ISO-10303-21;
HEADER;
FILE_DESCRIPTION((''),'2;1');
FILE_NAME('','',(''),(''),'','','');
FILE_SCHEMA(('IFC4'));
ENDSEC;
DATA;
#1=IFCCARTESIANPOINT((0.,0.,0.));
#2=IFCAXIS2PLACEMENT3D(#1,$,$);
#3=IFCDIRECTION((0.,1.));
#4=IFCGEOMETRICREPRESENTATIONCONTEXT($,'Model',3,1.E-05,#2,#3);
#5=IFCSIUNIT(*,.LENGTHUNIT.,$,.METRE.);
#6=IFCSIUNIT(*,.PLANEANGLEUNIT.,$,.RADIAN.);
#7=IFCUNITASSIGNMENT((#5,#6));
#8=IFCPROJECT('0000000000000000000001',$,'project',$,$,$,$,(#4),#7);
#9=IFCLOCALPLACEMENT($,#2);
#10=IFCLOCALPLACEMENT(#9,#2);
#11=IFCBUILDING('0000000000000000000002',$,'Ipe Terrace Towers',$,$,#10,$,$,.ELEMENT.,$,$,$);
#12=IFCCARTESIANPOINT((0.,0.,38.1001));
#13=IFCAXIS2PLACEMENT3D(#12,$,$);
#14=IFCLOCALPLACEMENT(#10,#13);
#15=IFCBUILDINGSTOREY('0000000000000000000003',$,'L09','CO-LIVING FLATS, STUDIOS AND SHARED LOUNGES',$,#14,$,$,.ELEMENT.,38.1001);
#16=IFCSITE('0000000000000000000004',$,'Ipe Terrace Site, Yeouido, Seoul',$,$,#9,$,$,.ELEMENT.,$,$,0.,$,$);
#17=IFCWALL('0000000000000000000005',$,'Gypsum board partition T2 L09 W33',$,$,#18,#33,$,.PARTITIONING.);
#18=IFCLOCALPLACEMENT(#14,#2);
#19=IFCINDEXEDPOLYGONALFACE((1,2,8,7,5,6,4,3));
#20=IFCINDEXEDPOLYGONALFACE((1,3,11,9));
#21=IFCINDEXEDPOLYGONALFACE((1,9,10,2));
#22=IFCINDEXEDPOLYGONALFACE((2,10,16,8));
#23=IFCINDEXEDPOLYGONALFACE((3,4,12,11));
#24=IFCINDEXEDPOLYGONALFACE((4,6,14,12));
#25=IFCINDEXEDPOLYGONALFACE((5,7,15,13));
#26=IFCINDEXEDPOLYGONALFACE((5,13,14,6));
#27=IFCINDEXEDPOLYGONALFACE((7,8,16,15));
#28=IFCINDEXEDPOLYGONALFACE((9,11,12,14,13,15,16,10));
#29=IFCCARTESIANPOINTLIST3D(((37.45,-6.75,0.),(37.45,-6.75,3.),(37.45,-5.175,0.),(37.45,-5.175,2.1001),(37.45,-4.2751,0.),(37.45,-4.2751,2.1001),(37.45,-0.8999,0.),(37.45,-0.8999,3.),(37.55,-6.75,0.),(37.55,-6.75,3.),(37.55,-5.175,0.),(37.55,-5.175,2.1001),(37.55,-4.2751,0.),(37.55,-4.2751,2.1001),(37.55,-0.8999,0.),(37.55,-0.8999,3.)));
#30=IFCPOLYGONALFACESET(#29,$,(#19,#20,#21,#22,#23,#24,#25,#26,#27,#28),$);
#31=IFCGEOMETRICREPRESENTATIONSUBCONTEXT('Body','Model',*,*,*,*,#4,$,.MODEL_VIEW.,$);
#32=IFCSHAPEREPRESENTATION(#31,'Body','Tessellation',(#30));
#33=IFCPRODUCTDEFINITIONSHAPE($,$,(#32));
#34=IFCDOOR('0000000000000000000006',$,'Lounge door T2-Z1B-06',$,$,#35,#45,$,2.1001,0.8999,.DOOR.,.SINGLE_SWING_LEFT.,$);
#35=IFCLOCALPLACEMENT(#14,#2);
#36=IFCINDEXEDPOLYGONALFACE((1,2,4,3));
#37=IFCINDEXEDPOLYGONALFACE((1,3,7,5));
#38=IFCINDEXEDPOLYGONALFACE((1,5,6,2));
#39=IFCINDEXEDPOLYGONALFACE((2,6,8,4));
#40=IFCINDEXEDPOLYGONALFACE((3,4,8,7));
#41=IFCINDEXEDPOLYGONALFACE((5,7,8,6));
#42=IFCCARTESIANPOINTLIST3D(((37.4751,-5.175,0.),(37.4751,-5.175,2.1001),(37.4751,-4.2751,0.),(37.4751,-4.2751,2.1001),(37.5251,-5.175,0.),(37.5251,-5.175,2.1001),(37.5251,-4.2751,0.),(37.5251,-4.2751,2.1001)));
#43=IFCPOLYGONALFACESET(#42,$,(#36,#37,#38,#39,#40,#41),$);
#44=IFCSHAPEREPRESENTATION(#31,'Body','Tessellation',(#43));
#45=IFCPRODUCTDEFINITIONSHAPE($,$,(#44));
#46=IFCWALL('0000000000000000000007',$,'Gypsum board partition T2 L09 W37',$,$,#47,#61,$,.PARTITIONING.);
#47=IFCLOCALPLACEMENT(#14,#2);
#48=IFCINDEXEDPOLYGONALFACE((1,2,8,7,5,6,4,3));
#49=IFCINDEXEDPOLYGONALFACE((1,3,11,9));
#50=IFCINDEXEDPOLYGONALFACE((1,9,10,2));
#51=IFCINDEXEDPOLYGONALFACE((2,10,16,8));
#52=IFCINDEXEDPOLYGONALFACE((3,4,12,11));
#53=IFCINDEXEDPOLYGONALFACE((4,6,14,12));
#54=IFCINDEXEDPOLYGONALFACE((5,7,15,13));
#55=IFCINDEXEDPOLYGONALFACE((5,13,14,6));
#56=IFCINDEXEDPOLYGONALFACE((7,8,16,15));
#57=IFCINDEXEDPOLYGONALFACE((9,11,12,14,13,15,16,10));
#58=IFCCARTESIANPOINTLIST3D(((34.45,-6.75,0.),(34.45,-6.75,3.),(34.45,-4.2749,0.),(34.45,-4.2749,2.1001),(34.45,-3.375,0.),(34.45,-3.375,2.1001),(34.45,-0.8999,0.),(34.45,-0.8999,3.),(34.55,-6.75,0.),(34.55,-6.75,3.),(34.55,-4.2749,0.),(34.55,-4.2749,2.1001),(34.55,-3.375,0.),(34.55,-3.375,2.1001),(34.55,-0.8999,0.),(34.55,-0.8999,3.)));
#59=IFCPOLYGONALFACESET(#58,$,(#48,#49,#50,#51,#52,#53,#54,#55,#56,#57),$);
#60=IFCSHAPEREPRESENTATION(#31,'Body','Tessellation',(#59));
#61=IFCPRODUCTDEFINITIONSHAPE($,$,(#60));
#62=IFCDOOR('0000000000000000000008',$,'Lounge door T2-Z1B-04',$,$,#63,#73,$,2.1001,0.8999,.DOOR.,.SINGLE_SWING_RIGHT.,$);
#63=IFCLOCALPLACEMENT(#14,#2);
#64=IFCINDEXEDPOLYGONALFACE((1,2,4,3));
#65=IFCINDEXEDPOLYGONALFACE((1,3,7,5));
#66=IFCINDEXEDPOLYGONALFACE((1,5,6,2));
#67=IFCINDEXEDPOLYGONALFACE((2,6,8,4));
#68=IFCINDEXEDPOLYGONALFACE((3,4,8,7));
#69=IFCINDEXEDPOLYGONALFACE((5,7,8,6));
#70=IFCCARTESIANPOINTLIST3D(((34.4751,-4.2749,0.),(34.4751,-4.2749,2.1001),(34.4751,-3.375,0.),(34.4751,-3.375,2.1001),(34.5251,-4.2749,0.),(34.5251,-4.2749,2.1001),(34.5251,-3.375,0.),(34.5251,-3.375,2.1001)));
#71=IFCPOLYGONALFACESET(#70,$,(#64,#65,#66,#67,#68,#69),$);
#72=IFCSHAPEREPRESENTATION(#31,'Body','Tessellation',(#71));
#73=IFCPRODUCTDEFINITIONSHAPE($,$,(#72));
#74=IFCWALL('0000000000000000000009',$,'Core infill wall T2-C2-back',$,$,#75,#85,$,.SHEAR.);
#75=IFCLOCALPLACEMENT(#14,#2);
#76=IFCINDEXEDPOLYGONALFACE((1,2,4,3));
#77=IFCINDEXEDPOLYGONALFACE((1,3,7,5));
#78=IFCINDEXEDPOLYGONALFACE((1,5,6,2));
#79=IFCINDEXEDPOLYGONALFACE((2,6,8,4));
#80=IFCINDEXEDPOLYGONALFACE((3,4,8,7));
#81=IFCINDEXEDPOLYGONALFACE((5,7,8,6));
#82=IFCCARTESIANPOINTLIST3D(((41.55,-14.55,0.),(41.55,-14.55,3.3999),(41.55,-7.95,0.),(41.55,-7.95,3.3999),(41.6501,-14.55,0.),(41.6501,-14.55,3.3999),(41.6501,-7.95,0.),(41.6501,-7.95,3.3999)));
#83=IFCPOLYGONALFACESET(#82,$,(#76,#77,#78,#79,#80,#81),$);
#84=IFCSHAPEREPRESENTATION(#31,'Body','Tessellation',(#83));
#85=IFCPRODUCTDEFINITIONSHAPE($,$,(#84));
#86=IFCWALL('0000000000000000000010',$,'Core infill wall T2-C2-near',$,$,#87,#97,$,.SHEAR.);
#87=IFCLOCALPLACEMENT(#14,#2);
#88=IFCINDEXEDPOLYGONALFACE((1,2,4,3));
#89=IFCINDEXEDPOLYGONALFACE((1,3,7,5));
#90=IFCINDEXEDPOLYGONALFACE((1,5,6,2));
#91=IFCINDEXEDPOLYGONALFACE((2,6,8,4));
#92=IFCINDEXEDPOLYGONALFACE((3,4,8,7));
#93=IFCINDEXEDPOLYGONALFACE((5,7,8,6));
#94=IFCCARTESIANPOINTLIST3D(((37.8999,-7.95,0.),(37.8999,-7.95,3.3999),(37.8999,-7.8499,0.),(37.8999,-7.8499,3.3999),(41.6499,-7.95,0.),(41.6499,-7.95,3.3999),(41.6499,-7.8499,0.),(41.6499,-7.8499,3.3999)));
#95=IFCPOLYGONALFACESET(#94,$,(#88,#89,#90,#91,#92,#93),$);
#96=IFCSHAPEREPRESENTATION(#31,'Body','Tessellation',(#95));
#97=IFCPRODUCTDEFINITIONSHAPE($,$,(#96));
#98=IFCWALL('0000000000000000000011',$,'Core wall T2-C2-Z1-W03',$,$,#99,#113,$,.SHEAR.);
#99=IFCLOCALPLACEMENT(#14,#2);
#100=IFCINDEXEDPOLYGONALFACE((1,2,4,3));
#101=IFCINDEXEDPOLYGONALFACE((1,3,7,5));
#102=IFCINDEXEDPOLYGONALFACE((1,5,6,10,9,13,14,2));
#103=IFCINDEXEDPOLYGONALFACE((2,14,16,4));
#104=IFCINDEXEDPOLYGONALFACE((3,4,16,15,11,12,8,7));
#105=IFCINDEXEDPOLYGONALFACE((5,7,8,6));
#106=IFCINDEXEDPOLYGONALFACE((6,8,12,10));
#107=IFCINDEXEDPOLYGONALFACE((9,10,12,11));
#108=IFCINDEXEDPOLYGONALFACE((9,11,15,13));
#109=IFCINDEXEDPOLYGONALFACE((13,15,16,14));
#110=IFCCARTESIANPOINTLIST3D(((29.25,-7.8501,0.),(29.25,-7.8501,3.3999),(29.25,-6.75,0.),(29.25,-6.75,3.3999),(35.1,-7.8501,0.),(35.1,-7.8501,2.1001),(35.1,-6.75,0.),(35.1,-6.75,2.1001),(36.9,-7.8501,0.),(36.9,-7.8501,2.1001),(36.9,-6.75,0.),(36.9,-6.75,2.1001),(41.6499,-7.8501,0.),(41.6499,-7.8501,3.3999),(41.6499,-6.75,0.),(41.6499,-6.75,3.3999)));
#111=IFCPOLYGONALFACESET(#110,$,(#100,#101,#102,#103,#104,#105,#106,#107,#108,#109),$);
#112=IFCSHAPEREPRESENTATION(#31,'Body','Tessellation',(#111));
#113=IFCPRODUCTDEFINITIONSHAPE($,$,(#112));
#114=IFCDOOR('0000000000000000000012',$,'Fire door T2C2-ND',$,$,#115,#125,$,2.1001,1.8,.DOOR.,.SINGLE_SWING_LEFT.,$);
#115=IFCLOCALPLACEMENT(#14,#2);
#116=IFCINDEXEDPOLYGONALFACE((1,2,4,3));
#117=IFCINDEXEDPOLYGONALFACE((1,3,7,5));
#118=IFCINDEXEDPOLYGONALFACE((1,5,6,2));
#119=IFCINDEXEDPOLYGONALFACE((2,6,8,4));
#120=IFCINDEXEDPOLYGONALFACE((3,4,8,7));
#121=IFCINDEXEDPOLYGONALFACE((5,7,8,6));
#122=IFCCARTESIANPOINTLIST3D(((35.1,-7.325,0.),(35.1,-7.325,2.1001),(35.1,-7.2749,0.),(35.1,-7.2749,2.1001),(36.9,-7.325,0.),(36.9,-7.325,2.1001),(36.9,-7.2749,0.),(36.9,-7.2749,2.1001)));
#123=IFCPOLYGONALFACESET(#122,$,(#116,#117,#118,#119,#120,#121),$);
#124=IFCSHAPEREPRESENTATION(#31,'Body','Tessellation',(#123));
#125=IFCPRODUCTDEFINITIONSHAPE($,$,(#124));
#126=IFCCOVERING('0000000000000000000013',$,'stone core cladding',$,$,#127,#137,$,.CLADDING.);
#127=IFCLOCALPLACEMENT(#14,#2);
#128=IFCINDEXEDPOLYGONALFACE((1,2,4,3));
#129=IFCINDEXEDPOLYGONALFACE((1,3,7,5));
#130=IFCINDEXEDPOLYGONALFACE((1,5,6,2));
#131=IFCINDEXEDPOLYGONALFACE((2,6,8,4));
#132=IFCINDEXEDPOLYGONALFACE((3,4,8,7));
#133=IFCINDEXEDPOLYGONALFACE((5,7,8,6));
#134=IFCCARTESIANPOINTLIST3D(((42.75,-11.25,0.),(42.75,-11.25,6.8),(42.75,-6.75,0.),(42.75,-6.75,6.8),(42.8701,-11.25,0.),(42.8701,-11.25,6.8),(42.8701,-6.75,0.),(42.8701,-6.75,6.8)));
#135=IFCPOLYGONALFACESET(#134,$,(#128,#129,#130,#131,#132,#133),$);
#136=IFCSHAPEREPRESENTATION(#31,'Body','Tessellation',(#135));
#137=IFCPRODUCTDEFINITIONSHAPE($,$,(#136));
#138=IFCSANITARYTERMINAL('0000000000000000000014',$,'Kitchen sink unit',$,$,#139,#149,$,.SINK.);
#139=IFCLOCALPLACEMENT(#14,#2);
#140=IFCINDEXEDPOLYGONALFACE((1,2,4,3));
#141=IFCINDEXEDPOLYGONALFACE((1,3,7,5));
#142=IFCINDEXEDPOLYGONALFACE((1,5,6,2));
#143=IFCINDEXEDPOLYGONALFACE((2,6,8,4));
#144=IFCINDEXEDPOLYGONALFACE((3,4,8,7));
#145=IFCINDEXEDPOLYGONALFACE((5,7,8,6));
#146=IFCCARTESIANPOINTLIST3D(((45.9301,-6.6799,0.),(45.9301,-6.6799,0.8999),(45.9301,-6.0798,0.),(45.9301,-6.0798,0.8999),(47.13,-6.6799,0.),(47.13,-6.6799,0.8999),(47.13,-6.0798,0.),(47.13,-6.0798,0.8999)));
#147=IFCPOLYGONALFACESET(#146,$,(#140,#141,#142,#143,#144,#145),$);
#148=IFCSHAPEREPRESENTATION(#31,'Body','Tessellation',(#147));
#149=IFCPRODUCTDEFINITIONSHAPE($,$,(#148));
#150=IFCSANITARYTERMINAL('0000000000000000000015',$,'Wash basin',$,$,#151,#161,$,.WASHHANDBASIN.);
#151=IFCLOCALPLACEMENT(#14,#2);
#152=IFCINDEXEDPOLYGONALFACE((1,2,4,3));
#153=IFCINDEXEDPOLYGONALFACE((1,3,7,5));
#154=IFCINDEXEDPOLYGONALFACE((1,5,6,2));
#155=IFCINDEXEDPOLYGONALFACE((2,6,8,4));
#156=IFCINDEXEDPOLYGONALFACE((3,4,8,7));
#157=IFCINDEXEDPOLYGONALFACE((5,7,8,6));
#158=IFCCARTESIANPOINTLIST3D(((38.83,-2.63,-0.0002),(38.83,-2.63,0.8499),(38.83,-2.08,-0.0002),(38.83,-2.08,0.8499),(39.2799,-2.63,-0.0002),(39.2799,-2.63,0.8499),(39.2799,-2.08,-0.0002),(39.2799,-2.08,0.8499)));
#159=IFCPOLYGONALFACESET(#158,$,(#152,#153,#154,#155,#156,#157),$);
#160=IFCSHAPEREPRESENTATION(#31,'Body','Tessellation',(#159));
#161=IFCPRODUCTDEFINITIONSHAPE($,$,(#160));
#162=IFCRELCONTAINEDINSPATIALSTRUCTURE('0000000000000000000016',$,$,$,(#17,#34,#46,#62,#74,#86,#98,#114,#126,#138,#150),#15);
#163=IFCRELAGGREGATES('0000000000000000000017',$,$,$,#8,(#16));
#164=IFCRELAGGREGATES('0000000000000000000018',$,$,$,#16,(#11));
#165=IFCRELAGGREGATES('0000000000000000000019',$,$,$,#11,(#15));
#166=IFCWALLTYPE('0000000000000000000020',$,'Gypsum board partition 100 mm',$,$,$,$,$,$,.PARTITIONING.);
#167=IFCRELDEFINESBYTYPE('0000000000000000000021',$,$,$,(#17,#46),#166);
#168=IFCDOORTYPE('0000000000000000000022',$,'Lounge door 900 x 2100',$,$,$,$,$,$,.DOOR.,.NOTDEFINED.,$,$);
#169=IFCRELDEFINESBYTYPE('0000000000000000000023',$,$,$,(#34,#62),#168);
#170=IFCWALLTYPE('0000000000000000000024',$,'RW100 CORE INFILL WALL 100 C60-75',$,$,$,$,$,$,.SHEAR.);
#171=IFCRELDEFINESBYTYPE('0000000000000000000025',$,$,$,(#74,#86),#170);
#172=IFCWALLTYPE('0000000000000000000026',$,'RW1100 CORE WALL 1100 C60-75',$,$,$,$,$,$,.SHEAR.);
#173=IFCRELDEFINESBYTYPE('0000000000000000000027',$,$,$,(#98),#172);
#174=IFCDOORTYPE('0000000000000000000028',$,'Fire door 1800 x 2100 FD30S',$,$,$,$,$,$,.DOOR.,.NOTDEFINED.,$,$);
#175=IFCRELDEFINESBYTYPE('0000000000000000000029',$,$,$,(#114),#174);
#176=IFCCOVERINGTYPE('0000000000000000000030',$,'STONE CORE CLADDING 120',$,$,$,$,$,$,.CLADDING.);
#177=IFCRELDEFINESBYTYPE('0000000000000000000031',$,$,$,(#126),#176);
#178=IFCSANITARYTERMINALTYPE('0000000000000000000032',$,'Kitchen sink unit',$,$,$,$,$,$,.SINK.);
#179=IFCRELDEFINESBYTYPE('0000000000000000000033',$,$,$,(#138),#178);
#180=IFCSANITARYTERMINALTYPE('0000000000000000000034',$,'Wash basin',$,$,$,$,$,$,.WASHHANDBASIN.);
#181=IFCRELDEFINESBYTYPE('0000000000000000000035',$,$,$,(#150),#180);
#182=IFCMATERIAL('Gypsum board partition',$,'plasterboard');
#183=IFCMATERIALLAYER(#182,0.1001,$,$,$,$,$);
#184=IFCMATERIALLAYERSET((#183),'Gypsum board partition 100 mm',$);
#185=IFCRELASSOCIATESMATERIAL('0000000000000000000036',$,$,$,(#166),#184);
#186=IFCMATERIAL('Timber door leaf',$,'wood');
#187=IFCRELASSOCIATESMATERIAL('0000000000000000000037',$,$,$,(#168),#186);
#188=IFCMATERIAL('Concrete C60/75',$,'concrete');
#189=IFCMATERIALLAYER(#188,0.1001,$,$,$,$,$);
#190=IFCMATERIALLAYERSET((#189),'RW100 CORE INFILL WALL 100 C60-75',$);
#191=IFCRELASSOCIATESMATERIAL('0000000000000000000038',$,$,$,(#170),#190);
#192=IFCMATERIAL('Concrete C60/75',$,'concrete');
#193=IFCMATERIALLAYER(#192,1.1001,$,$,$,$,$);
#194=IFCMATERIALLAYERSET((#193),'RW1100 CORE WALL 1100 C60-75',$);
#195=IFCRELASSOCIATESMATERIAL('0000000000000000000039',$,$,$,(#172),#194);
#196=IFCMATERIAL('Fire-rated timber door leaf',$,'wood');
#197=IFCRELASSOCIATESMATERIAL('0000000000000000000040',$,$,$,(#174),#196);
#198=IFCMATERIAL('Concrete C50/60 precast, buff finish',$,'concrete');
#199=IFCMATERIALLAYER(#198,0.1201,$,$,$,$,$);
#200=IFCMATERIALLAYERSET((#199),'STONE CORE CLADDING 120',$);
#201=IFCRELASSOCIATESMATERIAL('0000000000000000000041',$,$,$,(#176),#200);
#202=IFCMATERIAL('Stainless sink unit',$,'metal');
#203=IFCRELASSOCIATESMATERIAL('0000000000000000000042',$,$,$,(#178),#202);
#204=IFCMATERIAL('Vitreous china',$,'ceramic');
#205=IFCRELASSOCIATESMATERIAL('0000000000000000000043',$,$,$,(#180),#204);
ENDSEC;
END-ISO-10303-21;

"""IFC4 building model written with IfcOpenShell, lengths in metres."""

from ifc_helpers import new_model, si_unit, direction, frame, frame_2d, origin, origin_2d, place, context, subcontext, project, spatial, rectangle, extrude, material, layer, layer_set, type_object, element, fill, save


model = new_model("IFC4")

# Units and contexts
model_context = context("Model", 3, precision=1e-05, world=origin(), true_north=direction((0.0, 1.0)))
body_context = subcontext(model_context, "Body", "Model", "MODEL_VIEW")
ifc_project = project(units=[si_unit("LENGTHUNIT", "METRE"), si_unit("PLANEANGLEUNIT", "RADIAN")], contexts=[model_context])

# Site, building, storey
site_placement = place(None, origin())
site = spatial("IfcSite", under=ifc_project, at=site_placement, Name="Ipe Terrace Site, Yeouido, Seoul", CompositionType="ELEMENT", RefElevation=0.0)
building_placement = place(site_placement, origin())
building = spatial("IfcBuilding", under=site, at=building_placement, Name="Ipe Terrace Towers", CompositionType="ELEMENT")
storey_placement = place(building_placement, frame((0.0, 0.0, 38.1001)))
storey = spatial("IfcBuildingStorey", under=building, at=storey_placement, Name="L09", Description="CO-LIVING FLATS, STUDIOS AND SHARED LOUNGES", CompositionType="ELEMENT", Elevation=38.1001)

# Shared definitions
ifc_material_1 = material(Name="Gypsum board partition", Category="plasterboard")
ifc_layer_1 = layer(ifc_material_1, 0.1001)
ifc_layer_set_1 = layer_set([ifc_layer_1], Name="Gypsum board partition 100 mm")
wall_type_1 = type_object("IfcWallType", Name="Gypsum board partition 100 mm", PredefinedType="PARTITIONING", material=ifc_layer_set_1)

# Walls, openings, doors
wall_1_placement = place(storey_placement, frame((37.5, -6.75, 0.0), z_axis=(0.0, 0.0, 1.0), x_axis=(0.0, 1.0, 0.0)))
wall_1 = element("IfcWall", 1, at=wall_1_placement, inside=storey, type_object=wall_type_1, Name="Gypsum board partition T2 L09 W33", PredefinedType="PARTITIONING", context=body_context, shape_type="SweptSolid", body=[
    extrude(rectangle(XDim=5.8501, YDim=0.1001, at=frame_2d((2.925, 0.0))), origin(), (0.0, 0.0, 1.0), 3.0),
])
opening_1_placement = place(wall_1_placement, frame((1.575, 0.0, 0.0)))
opening_1 = element("IfcOpeningElement", 2, at=opening_1_placement, cuts=wall_1, PredefinedType="OPENING", context=body_context, shape_type="SweptSolid", body=[
    extrude(rectangle(XDim=0.8999, YDim=2.1001, at=frame_2d((0.45, 1.05))), frame((0.0, 0.0601, 0.0), z_axis=(0.0, -1.0, 0.0), x_axis=(1.0, 0.0, 0.0)), (0.0, 0.0, 1.0), 0.1201),
])
ifc_material_2 = material(Name="Timber door leaf", Category="wood")
door_type_1 = type_object("IfcDoorType", Name="Lounge door 900 x 2100", OperationType="NOTDEFINED", PredefinedType="DOOR", material=ifc_material_2)
door_1_placement = place(opening_1_placement, origin())
door_1 = element("IfcDoor", 3, at=door_1_placement, inside=storey, type_object=door_type_1, Name="Lounge door T2-Z1B-06", OperationType="SINGLE_SWING_LEFT", OverallHeight=2.1001, OverallWidth=0.8999, PredefinedType="DOOR", context=body_context, shape_type="SweptSolid", body=[
    extrude(rectangle(XDim=0.8999, YDim=2.1001, at=frame_2d((0.45, 1.05))), frame((0.0, 0.0249, 0.0), z_axis=(0.0, -1.0, 0.0), x_axis=(1.0, 0.0, 0.0)), (0.0, 0.0, 1.0), 0.05),
])
fill(opening_1, door_1)
wall_2_placement = place(storey_placement, frame((34.5, -6.75, 0.0), z_axis=(0.0, 0.0, 1.0), x_axis=(0.0, 1.0, 0.0)))
wall_2 = element("IfcWall", 4, at=wall_2_placement, inside=storey, type_object=wall_type_1, Name="Gypsum board partition T2 L09 W37", PredefinedType="PARTITIONING", context=body_context, shape_type="SweptSolid", body=[
    extrude(rectangle(XDim=5.8501, YDim=0.1001, at=frame_2d((2.925, 0.0))), origin(), (0.0, 0.0, 1.0), 3.0),
])
opening_2_placement = place(wall_2_placement, frame((2.4751, 0.0, 0.0)))
opening_2 = element("IfcOpeningElement", 5, at=opening_2_placement, cuts=wall_2, PredefinedType="OPENING", context=body_context, shape_type="SweptSolid", body=[
    extrude(rectangle(XDim=0.8999, YDim=2.1001, at=frame_2d((0.45, 1.05))), frame((0.0, 0.0601, 0.0), z_axis=(0.0, -1.0, 0.0), x_axis=(1.0, 0.0, 0.0)), (0.0, 0.0, 1.0), 0.1201),
])
door_2_placement = place(opening_2_placement, origin())
door_2 = element("IfcDoor", 6, at=door_2_placement, inside=storey, type_object=door_type_1, Name="Lounge door T2-Z1B-04", OperationType="SINGLE_SWING_RIGHT", OverallHeight=2.1001, OverallWidth=0.8999, PredefinedType="DOOR", context=body_context, shape_type="SweptSolid", body=[
    extrude(rectangle(XDim=0.8999, YDim=2.1001, at=frame_2d((0.45, 1.05))), frame((0.0, 0.0249, 0.0), z_axis=(0.0, -1.0, 0.0), x_axis=(1.0, 0.0, 0.0)), (0.0, 0.0, 1.0), 0.05),
])
fill(opening_2, door_2)

# Walls
ifc_material_3 = material(Name="Concrete C60/75", Category="concrete")
ifc_layer_2 = layer(ifc_material_3, 0.1001)
ifc_layer_set_2 = layer_set([ifc_layer_2], Name="RW100 CORE INFILL WALL 100 C60-75")
wall_type_2 = type_object("IfcWallType", Name="RW100 CORE INFILL WALL 100 C60-75", PredefinedType="SHEAR", material=ifc_layer_set_2)
wall_3_placement = place(storey_placement, frame((41.6001, -7.95, 0.0), z_axis=(0.0, 0.0, 1.0), x_axis=(0.0, -1.0, 0.0)))
element("IfcWall", 7, at=wall_3_placement, inside=storey, type_object=wall_type_2, Name="Core infill wall T2-C2-back", PredefinedType="SHEAR", context=body_context, shape_type="SweptSolid", body=[
    extrude(rectangle(XDim=6.6001, YDim=0.1001, at=frame_2d((3.3, 0.0))), origin(), (0.0, 0.0, 1.0), 3.3999),
])
wall_4_placement = place(storey_placement, frame((37.8999, -7.8999, 0.0), z_axis=(0.0, 0.0, 1.0), x_axis=(1.0, 0.0, 0.0)))
element("IfcWall", 8, at=wall_4_placement, inside=storey, type_object=wall_type_2, Name="Core infill wall T2-C2-near", PredefinedType="SHEAR", context=body_context, shape_type="SweptSolid", body=[
    extrude(rectangle(XDim=3.75, YDim=0.1001, at=frame_2d((1.875, 0.0))), origin(), (0.0, 0.0, 1.0), 3.3999),
])

# Wall, opening, door
ifc_material_4 = material(Name="Concrete C60/75", Category="concrete")
ifc_layer_3 = layer(ifc_material_4, 1.1001)
ifc_layer_set_3 = layer_set([ifc_layer_3], Name="RW1100 CORE WALL 1100 C60-75")
wall_type_3 = type_object("IfcWallType", Name="RW1100 CORE WALL 1100 C60-75", PredefinedType="SHEAR", material=ifc_layer_set_3)
wall_5_placement = place(storey_placement, frame((41.6499, -7.3, 0.0), z_axis=(0.0, 0.0, 1.0), x_axis=(-1.0, 0.0, 0.0)))
wall_5 = element("IfcWall", 9, at=wall_5_placement, inside=storey, type_object=wall_type_3, Name="Core wall T2-C2-Z1-W03", PredefinedType="SHEAR", context=body_context, shape_type="SweptSolid", body=[
    extrude(rectangle(XDim=12.3999, YDim=1.1001, at=frame_2d((6.2, 0.0))), origin(), (0.0, 0.0, 1.0), 3.3999),
])
opening_3_placement = place(wall_5_placement, frame((4.75, 0.0, 0.0)))
opening_3 = element("IfcOpeningElement", 10, at=opening_3_placement, cuts=wall_5, PredefinedType="OPENING", context=body_context, shape_type="SweptSolid", body=[
    extrude(rectangle(XDim=1.8, YDim=2.1001, at=frame_2d((0.8999, 1.05))), frame((0.0, 0.5601, 0.0), z_axis=(0.0, -1.0, 0.0), x_axis=(1.0, 0.0, 0.0)), (0.0, 0.0, 1.0), 1.1201),
])
ifc_material_5 = material(Name="Fire-rated timber door leaf", Category="wood")
door_type_2 = type_object("IfcDoorType", Name="Fire door 1800 x 2100 FD30S", OperationType="NOTDEFINED", PredefinedType="DOOR", material=ifc_material_5)
door_3_placement = place(opening_3_placement, origin())
door_3 = element("IfcDoor", 11, at=door_3_placement, inside=storey, type_object=door_type_2, Name="Fire door T2C2-ND", OperationType="SINGLE_SWING_LEFT", OverallHeight=2.1001, OverallWidth=1.8, PredefinedType="DOOR", context=body_context, shape_type="SweptSolid", body=[
    extrude(rectangle(XDim=1.8, YDim=2.1001, at=frame_2d((0.8999, 1.05))), frame((0.0, 0.0249, 0.0), z_axis=(0.0, -1.0, 0.0), x_axis=(1.0, 0.0, 0.0)), (0.0, 0.0, 1.0), 0.05),
])
fill(opening_3, door_3)

# Covering
ifc_material_6 = material(Name="Concrete C50/60 precast, buff finish", Category="concrete")
ifc_layer_4 = layer(ifc_material_6, 0.1201)
ifc_layer_set_4 = layer_set([ifc_layer_4], Name="STONE CORE CLADDING 120")
covering_type = type_object("IfcCoveringType", Name="STONE CORE CLADDING 120", PredefinedType="CLADDING", material=ifc_layer_set_4)
covering_placement = place(storey_placement, frame((42.8101, -9.0, 0.0), z_axis=(0.0, 0.0, 1.0), x_axis=(0.0, 1.0, 0.0)))
element("IfcCovering", 12, at=covering_placement, inside=storey, type_object=covering_type, Name="stone core cladding", PredefinedType="CLADDING", context=body_context, shape_type="SweptSolid", body=[
    extrude(rectangle(XDim=4.5, YDim=0.1201, at=origin_2d()), origin(), (0.0, 0.0, 1.0), 6.8),
])

# Sanitary terminals
ifc_material_7 = material(Name="Stainless sink unit", Category="metal")
sanitary_terminal_type_1 = type_object("IfcSanitaryTerminalType", Name="Kitchen sink unit", PredefinedType="SINK", material=ifc_material_7)
sanitary_terminal_1_placement = place(storey_placement, frame((46.53, -6.3799, 0.0), z_axis=(0.0, 0.0, 1.0), x_axis=(-1.0, 0.0, 0.0)))
element("IfcSanitaryTerminal", 13, at=sanitary_terminal_1_placement, inside=storey, type_object=sanitary_terminal_type_1, Name="Kitchen sink unit", PredefinedType="SINK", context=body_context, shape_type="SweptSolid", body=[
    extrude(rectangle(XDim=1.2, YDim=0.6001, at=origin_2d()), origin(), (0.0, 0.0, 1.0), 0.8999),
])
ifc_material_8 = material(Name="Vitreous china", Category="ceramic")
sanitary_terminal_type_2 = type_object("IfcSanitaryTerminalType", Name="Wash basin", PredefinedType="WASHHANDBASIN", material=ifc_material_8)
sanitary_terminal_2_placement = place(storey_placement, frame((39.0549, -2.355, -0.0002), z_axis=(0.0, 0.0, 1.0), x_axis=(0.0, 1.0, 0.0)))
element("IfcSanitaryTerminal", 14, at=sanitary_terminal_2_placement, inside=storey, type_object=sanitary_terminal_type_2, Name="Wash basin", PredefinedType="WASHHANDBASIN", context=body_context, shape_type="SweptSolid", body=[
    extrude(rectangle(XDim=0.55, YDim=0.45, at=origin_2d()), origin(), (0.0, 0.0, 1.0), 0.8501),
])

save(model, "model.ifc")
